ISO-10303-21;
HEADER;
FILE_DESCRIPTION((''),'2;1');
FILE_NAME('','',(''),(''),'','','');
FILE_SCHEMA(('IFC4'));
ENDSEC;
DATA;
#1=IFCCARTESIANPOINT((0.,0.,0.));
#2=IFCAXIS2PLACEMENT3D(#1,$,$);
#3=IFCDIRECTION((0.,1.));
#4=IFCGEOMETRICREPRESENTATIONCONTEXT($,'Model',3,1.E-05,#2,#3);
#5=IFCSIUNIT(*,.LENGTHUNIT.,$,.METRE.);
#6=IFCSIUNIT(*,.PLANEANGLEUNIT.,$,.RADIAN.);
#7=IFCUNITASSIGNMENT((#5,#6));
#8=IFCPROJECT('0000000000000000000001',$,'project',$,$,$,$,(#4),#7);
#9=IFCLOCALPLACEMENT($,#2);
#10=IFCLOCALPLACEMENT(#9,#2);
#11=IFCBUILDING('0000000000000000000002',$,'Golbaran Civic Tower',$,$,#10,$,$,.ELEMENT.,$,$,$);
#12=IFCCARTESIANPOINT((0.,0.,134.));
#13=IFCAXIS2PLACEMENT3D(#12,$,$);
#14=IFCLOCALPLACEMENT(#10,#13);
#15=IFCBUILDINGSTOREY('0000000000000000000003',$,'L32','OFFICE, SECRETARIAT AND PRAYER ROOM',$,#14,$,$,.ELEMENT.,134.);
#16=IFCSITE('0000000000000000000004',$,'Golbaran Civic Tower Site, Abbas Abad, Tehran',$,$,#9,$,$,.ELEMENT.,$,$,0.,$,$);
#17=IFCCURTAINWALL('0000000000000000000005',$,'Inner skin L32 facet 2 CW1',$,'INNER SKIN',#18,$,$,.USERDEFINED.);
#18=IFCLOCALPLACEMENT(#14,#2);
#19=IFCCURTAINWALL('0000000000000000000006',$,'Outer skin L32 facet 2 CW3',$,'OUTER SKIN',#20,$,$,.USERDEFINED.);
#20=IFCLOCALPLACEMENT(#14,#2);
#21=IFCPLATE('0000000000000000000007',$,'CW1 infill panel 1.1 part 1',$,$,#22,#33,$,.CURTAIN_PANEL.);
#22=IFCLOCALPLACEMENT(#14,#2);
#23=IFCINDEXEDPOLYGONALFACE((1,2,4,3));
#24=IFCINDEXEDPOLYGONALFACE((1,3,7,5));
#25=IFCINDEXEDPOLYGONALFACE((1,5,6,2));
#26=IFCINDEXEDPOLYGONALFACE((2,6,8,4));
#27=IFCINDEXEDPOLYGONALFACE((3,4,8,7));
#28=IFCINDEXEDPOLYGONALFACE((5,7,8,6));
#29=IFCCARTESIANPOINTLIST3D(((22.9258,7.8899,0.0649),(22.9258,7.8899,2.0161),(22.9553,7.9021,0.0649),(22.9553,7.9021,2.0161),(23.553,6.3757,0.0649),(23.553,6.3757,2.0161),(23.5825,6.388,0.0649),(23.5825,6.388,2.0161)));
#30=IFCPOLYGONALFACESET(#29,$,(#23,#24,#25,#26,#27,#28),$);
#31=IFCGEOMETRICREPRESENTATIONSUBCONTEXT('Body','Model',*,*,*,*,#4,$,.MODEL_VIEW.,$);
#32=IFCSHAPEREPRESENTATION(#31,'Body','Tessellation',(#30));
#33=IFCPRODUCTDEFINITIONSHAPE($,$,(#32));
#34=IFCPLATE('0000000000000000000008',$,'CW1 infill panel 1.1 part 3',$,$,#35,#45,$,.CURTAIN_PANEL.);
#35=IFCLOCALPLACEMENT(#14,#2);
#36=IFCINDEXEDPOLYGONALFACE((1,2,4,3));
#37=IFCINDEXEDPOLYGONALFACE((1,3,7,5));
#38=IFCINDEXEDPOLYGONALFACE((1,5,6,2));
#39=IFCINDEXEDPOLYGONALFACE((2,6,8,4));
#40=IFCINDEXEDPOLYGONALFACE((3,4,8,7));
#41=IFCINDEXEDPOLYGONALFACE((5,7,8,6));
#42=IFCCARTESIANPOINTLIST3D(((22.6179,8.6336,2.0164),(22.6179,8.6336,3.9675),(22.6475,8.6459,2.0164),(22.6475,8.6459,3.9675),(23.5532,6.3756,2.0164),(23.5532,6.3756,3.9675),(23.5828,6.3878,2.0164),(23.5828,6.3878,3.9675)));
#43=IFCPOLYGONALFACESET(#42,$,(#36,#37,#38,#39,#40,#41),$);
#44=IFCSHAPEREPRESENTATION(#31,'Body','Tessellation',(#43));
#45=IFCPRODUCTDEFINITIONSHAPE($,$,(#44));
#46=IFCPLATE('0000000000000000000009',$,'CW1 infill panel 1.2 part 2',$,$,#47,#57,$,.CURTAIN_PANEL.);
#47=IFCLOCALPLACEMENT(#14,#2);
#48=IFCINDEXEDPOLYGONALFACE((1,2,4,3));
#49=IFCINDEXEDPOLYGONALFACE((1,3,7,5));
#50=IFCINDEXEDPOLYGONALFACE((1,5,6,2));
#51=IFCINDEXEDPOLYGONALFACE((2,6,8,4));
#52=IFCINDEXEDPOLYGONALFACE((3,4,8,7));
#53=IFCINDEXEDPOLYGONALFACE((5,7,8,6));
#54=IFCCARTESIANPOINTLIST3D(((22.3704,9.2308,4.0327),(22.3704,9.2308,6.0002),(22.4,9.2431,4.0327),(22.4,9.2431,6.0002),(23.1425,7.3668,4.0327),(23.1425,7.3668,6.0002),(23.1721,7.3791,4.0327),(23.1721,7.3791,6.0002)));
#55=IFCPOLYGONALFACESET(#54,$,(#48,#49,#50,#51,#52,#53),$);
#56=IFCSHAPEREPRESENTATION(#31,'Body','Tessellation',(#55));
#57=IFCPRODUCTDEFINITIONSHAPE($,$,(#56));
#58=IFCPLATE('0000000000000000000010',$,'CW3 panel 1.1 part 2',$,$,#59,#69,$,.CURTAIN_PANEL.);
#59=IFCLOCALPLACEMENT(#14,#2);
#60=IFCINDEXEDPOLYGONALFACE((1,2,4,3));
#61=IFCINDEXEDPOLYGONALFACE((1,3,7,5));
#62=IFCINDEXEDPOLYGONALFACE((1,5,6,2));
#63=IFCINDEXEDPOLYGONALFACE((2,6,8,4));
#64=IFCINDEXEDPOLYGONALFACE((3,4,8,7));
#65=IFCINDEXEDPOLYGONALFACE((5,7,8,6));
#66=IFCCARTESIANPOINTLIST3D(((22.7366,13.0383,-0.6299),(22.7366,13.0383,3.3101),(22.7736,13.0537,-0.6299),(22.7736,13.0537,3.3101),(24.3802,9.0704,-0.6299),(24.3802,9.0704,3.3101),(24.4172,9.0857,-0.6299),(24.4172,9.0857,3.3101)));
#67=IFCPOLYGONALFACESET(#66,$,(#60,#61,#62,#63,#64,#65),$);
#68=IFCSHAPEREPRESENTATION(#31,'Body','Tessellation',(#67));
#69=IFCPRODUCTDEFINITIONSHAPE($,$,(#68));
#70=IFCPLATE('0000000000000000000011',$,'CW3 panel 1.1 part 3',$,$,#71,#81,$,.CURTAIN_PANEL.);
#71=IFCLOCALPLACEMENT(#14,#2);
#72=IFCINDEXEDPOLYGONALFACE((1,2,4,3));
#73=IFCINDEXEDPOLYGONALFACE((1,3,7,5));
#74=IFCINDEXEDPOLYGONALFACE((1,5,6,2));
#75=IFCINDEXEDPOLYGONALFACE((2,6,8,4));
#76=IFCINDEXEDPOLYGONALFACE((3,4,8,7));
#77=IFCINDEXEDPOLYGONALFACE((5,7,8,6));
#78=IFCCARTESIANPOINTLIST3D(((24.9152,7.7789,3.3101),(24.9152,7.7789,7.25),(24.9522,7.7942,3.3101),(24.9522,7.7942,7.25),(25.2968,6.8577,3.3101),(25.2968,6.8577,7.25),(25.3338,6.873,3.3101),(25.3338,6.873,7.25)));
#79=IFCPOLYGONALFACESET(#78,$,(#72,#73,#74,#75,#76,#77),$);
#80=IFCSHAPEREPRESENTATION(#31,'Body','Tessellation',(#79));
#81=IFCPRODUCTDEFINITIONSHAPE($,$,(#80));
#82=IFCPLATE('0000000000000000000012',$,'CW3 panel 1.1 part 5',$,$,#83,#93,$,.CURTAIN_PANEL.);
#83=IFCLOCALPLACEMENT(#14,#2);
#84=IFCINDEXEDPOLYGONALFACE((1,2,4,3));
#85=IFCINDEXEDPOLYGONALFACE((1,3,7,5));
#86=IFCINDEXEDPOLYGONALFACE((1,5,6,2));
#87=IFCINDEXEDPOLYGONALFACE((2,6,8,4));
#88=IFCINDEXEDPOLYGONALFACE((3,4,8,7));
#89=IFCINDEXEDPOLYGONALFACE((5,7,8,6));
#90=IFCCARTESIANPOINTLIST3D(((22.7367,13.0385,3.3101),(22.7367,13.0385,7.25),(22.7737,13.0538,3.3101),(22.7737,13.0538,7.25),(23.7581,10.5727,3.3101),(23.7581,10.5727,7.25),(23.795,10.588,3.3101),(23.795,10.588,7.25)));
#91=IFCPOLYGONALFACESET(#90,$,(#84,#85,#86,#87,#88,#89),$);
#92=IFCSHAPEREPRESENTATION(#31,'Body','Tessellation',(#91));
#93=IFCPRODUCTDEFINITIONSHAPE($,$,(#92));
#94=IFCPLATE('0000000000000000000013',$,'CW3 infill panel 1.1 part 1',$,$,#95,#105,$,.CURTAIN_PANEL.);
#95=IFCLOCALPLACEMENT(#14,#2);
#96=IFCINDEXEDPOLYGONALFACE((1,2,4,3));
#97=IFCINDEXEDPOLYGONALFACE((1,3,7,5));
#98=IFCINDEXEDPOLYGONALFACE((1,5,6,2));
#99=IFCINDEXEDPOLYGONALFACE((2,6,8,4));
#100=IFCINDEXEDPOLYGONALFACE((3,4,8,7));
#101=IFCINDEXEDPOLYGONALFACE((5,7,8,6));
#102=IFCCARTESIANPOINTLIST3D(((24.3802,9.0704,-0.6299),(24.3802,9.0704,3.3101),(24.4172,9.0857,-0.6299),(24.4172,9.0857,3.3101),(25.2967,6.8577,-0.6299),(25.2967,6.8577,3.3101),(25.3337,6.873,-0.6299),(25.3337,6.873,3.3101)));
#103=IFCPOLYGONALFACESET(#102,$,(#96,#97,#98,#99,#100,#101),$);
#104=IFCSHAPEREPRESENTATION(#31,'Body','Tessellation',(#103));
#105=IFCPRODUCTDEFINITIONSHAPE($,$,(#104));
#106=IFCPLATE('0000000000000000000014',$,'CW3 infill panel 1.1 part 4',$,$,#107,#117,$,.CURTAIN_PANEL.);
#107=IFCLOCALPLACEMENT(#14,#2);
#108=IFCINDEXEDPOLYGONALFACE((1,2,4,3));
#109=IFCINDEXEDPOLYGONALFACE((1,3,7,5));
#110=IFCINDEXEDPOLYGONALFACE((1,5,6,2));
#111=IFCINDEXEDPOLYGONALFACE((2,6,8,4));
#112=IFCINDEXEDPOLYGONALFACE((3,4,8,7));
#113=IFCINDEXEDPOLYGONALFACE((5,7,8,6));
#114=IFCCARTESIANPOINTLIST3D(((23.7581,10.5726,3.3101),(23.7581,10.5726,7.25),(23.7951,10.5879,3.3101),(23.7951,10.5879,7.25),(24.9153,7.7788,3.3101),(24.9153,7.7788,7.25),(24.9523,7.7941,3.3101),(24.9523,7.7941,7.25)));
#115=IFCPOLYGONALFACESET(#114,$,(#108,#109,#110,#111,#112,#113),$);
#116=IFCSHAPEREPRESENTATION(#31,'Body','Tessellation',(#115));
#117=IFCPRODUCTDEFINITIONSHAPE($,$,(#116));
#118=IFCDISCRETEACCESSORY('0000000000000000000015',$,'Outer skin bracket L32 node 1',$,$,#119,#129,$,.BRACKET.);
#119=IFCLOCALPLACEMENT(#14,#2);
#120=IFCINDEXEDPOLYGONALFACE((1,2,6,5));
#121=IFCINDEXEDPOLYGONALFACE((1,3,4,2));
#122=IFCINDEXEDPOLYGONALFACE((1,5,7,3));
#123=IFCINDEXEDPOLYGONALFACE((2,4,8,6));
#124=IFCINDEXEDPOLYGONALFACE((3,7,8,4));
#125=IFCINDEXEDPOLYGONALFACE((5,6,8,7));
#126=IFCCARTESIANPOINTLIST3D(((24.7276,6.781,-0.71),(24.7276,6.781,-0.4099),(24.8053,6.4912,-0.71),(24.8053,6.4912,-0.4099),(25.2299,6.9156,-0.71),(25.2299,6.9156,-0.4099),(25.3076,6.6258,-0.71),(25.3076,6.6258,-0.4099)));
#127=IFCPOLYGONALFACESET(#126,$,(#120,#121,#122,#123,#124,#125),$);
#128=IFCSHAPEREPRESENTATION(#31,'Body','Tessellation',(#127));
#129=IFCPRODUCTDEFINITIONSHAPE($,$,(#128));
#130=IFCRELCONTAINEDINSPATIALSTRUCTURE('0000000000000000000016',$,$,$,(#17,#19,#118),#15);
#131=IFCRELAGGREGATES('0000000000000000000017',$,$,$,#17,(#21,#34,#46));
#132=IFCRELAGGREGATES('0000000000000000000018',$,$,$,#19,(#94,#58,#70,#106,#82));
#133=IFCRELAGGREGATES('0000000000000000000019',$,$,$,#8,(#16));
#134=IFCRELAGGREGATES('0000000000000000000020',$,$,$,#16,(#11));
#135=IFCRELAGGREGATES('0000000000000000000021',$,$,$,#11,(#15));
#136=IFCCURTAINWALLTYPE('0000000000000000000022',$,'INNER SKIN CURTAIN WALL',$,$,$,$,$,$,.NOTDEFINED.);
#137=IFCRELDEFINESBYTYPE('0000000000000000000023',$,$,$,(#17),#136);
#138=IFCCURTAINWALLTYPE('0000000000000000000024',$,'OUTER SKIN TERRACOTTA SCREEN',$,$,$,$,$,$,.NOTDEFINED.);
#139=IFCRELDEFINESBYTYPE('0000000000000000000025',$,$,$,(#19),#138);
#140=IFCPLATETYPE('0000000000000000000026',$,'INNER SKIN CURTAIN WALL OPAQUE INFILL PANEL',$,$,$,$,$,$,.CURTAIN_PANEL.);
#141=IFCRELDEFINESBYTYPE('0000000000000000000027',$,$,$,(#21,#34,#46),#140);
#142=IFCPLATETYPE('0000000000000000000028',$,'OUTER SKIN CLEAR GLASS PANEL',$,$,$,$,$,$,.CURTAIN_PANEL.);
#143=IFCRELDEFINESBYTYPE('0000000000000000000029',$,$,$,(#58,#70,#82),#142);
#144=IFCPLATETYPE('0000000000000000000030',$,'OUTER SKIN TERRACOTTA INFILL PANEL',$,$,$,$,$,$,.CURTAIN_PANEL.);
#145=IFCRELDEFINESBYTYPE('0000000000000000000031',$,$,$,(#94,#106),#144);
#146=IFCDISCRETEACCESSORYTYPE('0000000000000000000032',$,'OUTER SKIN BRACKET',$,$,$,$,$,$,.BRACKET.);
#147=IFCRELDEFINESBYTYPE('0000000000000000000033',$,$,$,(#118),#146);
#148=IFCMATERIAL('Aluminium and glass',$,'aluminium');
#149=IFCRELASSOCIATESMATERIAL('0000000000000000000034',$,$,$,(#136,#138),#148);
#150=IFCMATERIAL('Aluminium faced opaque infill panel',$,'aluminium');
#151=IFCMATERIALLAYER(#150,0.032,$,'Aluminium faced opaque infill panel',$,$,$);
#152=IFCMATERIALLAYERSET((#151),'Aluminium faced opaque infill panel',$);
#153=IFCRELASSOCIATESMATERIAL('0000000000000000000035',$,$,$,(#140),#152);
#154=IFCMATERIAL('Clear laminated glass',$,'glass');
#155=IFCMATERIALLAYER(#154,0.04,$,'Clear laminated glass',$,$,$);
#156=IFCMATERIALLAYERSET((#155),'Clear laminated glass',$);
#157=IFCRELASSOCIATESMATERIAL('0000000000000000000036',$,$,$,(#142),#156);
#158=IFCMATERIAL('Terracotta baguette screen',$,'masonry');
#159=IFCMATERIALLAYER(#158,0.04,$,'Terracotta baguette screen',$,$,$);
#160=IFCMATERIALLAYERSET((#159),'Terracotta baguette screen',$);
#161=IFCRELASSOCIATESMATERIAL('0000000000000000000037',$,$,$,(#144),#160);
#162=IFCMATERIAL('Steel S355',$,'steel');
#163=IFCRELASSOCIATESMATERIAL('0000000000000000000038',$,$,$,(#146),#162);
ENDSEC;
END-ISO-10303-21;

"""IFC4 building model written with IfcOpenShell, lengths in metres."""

from ifc_helpers import new_model, si_unit, direction, frame, origin, origin_2d, place, context, subcontext, project, spatial, rectangle, extrude, material, layer, layer_set, type_object, element, aggregate, save


model = new_model("IFC4")

# Units and contexts
model_context = context("Model", 3, precision=1e-05, world=origin(), true_north=direction((0.0, 1.0)))
body_context = subcontext(model_context, "Body", "Model", "MODEL_VIEW")
ifc_project = project(units=[si_unit("LENGTHUNIT", "METRE"), si_unit("PLANEANGLEUNIT", "RADIAN")], contexts=[model_context])

# Site, building, storey
site_placement = place(None, origin())
site = spatial("IfcSite", under=ifc_project, at=site_placement, Name="Golbaran Civic Tower Site, Abbas Abad, Tehran", CompositionType="ELEMENT", RefElevation=0.0)
building_placement = place(site_placement, origin())
building = spatial("IfcBuilding", under=site, at=building_placement, Name="Golbaran Civic Tower", CompositionType="ELEMENT")
storey_placement = place(building_placement, frame((0.0, 0.0, 134.0)))
storey = spatial("IfcBuildingStorey", under=building, at=storey_placement, Name="L32", Description="OFFICE, SECRETARIAT AND PRAYER ROOM", CompositionType="ELEMENT", Elevation=134.0)

# Shared definitions
ifc_material_1 = material(Name="Steel S355", Category="steel")

# Curtain wall
ifc_material_2 = material(Name="Aluminium and glass", Category="aluminium")
curtain_wall_type_1 = type_object("IfcCurtainWallType", Name="INNER SKIN CURTAIN WALL", PredefinedType="NOTDEFINED", material=ifc_material_2)
curtain_wall_1_placement = place(storey_placement, origin())
curtain_wall_1 = element("IfcCurtainWall", 1, at=curtain_wall_1_placement, inside=storey, type_object=curtain_wall_type_1, Name="Inner skin L32 facet 2 CW1", ObjectType="INNER SKIN", PredefinedType="USERDEFINED")

# Shared definitions
curtain_wall_type_2 = type_object("IfcCurtainWallType", Name="OUTER SKIN TERRACOTTA SCREEN", PredefinedType="NOTDEFINED", material=ifc_material_2)

# Curtain wall
curtain_wall_2_placement = place(storey_placement, origin())
curtain_wall_2 = element("IfcCurtainWall", 2, at=curtain_wall_2_placement, inside=storey, type_object=curtain_wall_type_2, Name="Outer skin L32 facet 2 CW3", ObjectType="OUTER SKIN", PredefinedType="USERDEFINED")

# Plates
ifc_material_3 = material(Name="Aluminium faced opaque infill panel", Category="aluminium")
ifc_layer_1 = layer(ifc_material_3, 0.032, Name="Aluminium faced opaque infill panel")
ifc_layer_set_1 = layer_set([ifc_layer_1], Name="Aluminium faced opaque infill panel")
plate_type_1 = type_object("IfcPlateType", Name="INNER SKIN CURTAIN WALL OPAQUE INFILL PANEL", PredefinedType="CURTAIN_PANEL", material=ifc_layer_set_1)
plate_1_placement = place(storey_placement, frame((23.2542, 7.1389, 0.0649), z_axis=(0.0, 0.0, 1.0), x_axis=(-0.382683, 0.92388, 0.0)))
plate_1 = element("IfcPlate", 3, at=plate_1_placement, type_object=plate_type_1, Name="CW1 infill panel 1.1 part 1", PredefinedType="CURTAIN_PANEL", context=body_context, shape_type="SweptSolid", body=[
    extrude(rectangle(XDim=1.6389, YDim=0.032, at=origin_2d()), origin(), (0.0, 0.0, 1.0), 1.9512),
])
plate_2_placement = place(storey_placement, frame((23.1003, 7.5107, 2.0164), z_axis=(0.0, 0.0, 1.0), x_axis=(-0.382683, 0.92388, 0.0)))
plate_2 = element("IfcPlate", 4, at=plate_2_placement, type_object=plate_type_1, Name="CW1 infill panel 1.1 part 3", PredefinedType="CURTAIN_PANEL", context=body_context, shape_type="SweptSolid", body=[
    extrude(rectangle(XDim=2.4441, YDim=0.032, at=origin_2d()), origin(), (0.0, 0.0, 1.0), 1.9512),
])
plate_3_placement = place(storey_placement, frame((22.7712, 8.3049, 4.0327), z_axis=(0.0, 0.0, 1.0), x_axis=(-0.382683, 0.92388, 0.0)))
plate_3 = element("IfcPlate", 5, at=plate_3_placement, type_object=plate_type_1, Name="CW1 infill panel 1.2 part 2", PredefinedType="CURTAIN_PANEL", context=body_context, shape_type="SweptSolid", body=[
    extrude(rectangle(XDim=2.0176, YDim=0.032, at=origin_2d()), origin(), (0.0, 0.0, 1.0), 1.9675),
])
aggregate(curtain_wall_1, [plate_1, plate_2, plate_3])
ifc_material_4 = material(Name="Clear laminated glass", Category="glass")
ifc_layer_2 = layer(ifc_material_4, 0.04, Name="Clear laminated glass")
ifc_layer_set_2 = layer_set([ifc_layer_2], Name="Clear laminated glass")
plate_type_2 = type_object("IfcPlateType", Name="OUTER SKIN CLEAR GLASS PANEL", PredefinedType="CURTAIN_PANEL", material=ifc_layer_set_2)
plate_4_placement = place(storey_placement, frame((23.5769, 11.062, -0.6299), z_axis=(0.0, 0.0, 1.0), x_axis=(-0.382683, 0.92388, 0.0)))
plate_4 = element("IfcPlate", 6, at=plate_4_placement, type_object=plate_type_2, Name="CW3 panel 1.1 part 2", PredefinedType="CURTAIN_PANEL", context=body_context, shape_type="SweptSolid", body=[
    extrude(rectangle(XDim=4.2949, YDim=0.04, at=origin_2d()), origin(), (0.0, 0.0, 1.0), 3.9399),
])
plate_5_placement = place(storey_placement, frame((25.1245, 7.3259, 3.3101), z_axis=(0.0, 0.0, 1.0), x_axis=(-0.382683, 0.92388, 0.0)))
plate_5 = element("IfcPlate", 7, at=plate_5_placement, type_object=plate_type_2, Name="CW3 panel 1.1 part 3", PredefinedType="CURTAIN_PANEL", context=body_context, shape_type="SweptSolid", body=[
    extrude(rectangle(XDim=0.9971, YDim=0.04, at=origin_2d()), origin(), (0.0, 0.0, 1.0), 3.9399),
])
plate_6_placement = place(storey_placement, frame((23.2659, 11.8132, 3.3101), z_axis=(0.0, 0.0, 1.0), x_axis=(-0.382683, 0.92388, 0.0)))
plate_6 = element("IfcPlate", 8, at=plate_6_placement, type_object=plate_type_2, Name="CW3 panel 1.1 part 5", PredefinedType="CURTAIN_PANEL", context=body_context, shape_type="SweptSolid", body=[
    extrude(rectangle(XDim=2.6689, YDim=0.04, at=origin_2d()), origin(), (0.0, 0.0, 1.0), 3.9399),
])
ifc_material_5 = material(Name="Terracotta baguette screen", Category="masonry")
ifc_layer_3 = layer(ifc_material_5, 0.04, Name="Terracotta baguette screen")
ifc_layer_set_3 = layer_set([ifc_layer_3], Name="Terracotta baguette screen")
plate_type_3 = type_object("IfcPlateType", Name="OUTER SKIN TERRACOTTA INFILL PANEL", PredefinedType="CURTAIN_PANEL", material=ifc_layer_set_3)
plate_7_placement = place(storey_placement, frame((24.8569, 7.9717, -0.6299), z_axis=(0.0, 0.0, 1.0), x_axis=(-0.382683, 0.92388, 0.0)))
plate_7 = element("IfcPlate", 9, at=plate_7_placement, type_object=plate_type_3, Name="CW3 infill panel 1.1 part 1", PredefinedType="CURTAIN_PANEL", context=body_context, shape_type="SweptSolid", body=[
    extrude(rectangle(XDim=2.395, YDim=0.04, at=origin_2d()), origin(), (0.0, 0.0, 1.0), 3.9399),
])
plate_8_placement = place(storey_placement, frame((24.3552, 9.1833, 3.3101), z_axis=(0.0, 0.0, 1.0), x_axis=(-0.382683, 0.92388, 0.0)))
plate_8 = element("IfcPlate", 10, at=plate_8_placement, type_object=plate_type_3, Name="CW3 infill panel 1.1 part 4", PredefinedType="CURTAIN_PANEL", context=body_context, shape_type="SweptSolid", body=[
    extrude(rectangle(XDim=3.0239, YDim=0.04, at=origin_2d()), origin(), (0.0, 0.0, 1.0), 3.9399),
])
aggregate(curtain_wall_2, [plate_7, plate_4, plate_5, plate_8, plate_6])

# Discrete accessory
discrete_accessory_type = type_object("IfcDiscreteAccessoryType", Name="OUTER SKIN BRACKET", PredefinedType="BRACKET", material=ifc_material_1)
discrete_accessory_placement = place(storey_placement, frame((25.0176, 6.7034, -0.71), z_axis=(0.0, 0.0, 1.0), x_axis=(0.965926, 0.258819, 0.0)))
element("IfcDiscreteAccessory", 11, at=discrete_accessory_placement, inside=storey, type_object=discrete_accessory_type, Name="Outer skin bracket L32 node 1", PredefinedType="BRACKET", context=body_context, shape_type="SweptSolid", body=[
    extrude(rectangle(XDim=0.52, YDim=0.3, at=origin_2d()), origin(), (0.0, 0.0, 1.0), 0.3),
])

save(model, "model.ifc")
